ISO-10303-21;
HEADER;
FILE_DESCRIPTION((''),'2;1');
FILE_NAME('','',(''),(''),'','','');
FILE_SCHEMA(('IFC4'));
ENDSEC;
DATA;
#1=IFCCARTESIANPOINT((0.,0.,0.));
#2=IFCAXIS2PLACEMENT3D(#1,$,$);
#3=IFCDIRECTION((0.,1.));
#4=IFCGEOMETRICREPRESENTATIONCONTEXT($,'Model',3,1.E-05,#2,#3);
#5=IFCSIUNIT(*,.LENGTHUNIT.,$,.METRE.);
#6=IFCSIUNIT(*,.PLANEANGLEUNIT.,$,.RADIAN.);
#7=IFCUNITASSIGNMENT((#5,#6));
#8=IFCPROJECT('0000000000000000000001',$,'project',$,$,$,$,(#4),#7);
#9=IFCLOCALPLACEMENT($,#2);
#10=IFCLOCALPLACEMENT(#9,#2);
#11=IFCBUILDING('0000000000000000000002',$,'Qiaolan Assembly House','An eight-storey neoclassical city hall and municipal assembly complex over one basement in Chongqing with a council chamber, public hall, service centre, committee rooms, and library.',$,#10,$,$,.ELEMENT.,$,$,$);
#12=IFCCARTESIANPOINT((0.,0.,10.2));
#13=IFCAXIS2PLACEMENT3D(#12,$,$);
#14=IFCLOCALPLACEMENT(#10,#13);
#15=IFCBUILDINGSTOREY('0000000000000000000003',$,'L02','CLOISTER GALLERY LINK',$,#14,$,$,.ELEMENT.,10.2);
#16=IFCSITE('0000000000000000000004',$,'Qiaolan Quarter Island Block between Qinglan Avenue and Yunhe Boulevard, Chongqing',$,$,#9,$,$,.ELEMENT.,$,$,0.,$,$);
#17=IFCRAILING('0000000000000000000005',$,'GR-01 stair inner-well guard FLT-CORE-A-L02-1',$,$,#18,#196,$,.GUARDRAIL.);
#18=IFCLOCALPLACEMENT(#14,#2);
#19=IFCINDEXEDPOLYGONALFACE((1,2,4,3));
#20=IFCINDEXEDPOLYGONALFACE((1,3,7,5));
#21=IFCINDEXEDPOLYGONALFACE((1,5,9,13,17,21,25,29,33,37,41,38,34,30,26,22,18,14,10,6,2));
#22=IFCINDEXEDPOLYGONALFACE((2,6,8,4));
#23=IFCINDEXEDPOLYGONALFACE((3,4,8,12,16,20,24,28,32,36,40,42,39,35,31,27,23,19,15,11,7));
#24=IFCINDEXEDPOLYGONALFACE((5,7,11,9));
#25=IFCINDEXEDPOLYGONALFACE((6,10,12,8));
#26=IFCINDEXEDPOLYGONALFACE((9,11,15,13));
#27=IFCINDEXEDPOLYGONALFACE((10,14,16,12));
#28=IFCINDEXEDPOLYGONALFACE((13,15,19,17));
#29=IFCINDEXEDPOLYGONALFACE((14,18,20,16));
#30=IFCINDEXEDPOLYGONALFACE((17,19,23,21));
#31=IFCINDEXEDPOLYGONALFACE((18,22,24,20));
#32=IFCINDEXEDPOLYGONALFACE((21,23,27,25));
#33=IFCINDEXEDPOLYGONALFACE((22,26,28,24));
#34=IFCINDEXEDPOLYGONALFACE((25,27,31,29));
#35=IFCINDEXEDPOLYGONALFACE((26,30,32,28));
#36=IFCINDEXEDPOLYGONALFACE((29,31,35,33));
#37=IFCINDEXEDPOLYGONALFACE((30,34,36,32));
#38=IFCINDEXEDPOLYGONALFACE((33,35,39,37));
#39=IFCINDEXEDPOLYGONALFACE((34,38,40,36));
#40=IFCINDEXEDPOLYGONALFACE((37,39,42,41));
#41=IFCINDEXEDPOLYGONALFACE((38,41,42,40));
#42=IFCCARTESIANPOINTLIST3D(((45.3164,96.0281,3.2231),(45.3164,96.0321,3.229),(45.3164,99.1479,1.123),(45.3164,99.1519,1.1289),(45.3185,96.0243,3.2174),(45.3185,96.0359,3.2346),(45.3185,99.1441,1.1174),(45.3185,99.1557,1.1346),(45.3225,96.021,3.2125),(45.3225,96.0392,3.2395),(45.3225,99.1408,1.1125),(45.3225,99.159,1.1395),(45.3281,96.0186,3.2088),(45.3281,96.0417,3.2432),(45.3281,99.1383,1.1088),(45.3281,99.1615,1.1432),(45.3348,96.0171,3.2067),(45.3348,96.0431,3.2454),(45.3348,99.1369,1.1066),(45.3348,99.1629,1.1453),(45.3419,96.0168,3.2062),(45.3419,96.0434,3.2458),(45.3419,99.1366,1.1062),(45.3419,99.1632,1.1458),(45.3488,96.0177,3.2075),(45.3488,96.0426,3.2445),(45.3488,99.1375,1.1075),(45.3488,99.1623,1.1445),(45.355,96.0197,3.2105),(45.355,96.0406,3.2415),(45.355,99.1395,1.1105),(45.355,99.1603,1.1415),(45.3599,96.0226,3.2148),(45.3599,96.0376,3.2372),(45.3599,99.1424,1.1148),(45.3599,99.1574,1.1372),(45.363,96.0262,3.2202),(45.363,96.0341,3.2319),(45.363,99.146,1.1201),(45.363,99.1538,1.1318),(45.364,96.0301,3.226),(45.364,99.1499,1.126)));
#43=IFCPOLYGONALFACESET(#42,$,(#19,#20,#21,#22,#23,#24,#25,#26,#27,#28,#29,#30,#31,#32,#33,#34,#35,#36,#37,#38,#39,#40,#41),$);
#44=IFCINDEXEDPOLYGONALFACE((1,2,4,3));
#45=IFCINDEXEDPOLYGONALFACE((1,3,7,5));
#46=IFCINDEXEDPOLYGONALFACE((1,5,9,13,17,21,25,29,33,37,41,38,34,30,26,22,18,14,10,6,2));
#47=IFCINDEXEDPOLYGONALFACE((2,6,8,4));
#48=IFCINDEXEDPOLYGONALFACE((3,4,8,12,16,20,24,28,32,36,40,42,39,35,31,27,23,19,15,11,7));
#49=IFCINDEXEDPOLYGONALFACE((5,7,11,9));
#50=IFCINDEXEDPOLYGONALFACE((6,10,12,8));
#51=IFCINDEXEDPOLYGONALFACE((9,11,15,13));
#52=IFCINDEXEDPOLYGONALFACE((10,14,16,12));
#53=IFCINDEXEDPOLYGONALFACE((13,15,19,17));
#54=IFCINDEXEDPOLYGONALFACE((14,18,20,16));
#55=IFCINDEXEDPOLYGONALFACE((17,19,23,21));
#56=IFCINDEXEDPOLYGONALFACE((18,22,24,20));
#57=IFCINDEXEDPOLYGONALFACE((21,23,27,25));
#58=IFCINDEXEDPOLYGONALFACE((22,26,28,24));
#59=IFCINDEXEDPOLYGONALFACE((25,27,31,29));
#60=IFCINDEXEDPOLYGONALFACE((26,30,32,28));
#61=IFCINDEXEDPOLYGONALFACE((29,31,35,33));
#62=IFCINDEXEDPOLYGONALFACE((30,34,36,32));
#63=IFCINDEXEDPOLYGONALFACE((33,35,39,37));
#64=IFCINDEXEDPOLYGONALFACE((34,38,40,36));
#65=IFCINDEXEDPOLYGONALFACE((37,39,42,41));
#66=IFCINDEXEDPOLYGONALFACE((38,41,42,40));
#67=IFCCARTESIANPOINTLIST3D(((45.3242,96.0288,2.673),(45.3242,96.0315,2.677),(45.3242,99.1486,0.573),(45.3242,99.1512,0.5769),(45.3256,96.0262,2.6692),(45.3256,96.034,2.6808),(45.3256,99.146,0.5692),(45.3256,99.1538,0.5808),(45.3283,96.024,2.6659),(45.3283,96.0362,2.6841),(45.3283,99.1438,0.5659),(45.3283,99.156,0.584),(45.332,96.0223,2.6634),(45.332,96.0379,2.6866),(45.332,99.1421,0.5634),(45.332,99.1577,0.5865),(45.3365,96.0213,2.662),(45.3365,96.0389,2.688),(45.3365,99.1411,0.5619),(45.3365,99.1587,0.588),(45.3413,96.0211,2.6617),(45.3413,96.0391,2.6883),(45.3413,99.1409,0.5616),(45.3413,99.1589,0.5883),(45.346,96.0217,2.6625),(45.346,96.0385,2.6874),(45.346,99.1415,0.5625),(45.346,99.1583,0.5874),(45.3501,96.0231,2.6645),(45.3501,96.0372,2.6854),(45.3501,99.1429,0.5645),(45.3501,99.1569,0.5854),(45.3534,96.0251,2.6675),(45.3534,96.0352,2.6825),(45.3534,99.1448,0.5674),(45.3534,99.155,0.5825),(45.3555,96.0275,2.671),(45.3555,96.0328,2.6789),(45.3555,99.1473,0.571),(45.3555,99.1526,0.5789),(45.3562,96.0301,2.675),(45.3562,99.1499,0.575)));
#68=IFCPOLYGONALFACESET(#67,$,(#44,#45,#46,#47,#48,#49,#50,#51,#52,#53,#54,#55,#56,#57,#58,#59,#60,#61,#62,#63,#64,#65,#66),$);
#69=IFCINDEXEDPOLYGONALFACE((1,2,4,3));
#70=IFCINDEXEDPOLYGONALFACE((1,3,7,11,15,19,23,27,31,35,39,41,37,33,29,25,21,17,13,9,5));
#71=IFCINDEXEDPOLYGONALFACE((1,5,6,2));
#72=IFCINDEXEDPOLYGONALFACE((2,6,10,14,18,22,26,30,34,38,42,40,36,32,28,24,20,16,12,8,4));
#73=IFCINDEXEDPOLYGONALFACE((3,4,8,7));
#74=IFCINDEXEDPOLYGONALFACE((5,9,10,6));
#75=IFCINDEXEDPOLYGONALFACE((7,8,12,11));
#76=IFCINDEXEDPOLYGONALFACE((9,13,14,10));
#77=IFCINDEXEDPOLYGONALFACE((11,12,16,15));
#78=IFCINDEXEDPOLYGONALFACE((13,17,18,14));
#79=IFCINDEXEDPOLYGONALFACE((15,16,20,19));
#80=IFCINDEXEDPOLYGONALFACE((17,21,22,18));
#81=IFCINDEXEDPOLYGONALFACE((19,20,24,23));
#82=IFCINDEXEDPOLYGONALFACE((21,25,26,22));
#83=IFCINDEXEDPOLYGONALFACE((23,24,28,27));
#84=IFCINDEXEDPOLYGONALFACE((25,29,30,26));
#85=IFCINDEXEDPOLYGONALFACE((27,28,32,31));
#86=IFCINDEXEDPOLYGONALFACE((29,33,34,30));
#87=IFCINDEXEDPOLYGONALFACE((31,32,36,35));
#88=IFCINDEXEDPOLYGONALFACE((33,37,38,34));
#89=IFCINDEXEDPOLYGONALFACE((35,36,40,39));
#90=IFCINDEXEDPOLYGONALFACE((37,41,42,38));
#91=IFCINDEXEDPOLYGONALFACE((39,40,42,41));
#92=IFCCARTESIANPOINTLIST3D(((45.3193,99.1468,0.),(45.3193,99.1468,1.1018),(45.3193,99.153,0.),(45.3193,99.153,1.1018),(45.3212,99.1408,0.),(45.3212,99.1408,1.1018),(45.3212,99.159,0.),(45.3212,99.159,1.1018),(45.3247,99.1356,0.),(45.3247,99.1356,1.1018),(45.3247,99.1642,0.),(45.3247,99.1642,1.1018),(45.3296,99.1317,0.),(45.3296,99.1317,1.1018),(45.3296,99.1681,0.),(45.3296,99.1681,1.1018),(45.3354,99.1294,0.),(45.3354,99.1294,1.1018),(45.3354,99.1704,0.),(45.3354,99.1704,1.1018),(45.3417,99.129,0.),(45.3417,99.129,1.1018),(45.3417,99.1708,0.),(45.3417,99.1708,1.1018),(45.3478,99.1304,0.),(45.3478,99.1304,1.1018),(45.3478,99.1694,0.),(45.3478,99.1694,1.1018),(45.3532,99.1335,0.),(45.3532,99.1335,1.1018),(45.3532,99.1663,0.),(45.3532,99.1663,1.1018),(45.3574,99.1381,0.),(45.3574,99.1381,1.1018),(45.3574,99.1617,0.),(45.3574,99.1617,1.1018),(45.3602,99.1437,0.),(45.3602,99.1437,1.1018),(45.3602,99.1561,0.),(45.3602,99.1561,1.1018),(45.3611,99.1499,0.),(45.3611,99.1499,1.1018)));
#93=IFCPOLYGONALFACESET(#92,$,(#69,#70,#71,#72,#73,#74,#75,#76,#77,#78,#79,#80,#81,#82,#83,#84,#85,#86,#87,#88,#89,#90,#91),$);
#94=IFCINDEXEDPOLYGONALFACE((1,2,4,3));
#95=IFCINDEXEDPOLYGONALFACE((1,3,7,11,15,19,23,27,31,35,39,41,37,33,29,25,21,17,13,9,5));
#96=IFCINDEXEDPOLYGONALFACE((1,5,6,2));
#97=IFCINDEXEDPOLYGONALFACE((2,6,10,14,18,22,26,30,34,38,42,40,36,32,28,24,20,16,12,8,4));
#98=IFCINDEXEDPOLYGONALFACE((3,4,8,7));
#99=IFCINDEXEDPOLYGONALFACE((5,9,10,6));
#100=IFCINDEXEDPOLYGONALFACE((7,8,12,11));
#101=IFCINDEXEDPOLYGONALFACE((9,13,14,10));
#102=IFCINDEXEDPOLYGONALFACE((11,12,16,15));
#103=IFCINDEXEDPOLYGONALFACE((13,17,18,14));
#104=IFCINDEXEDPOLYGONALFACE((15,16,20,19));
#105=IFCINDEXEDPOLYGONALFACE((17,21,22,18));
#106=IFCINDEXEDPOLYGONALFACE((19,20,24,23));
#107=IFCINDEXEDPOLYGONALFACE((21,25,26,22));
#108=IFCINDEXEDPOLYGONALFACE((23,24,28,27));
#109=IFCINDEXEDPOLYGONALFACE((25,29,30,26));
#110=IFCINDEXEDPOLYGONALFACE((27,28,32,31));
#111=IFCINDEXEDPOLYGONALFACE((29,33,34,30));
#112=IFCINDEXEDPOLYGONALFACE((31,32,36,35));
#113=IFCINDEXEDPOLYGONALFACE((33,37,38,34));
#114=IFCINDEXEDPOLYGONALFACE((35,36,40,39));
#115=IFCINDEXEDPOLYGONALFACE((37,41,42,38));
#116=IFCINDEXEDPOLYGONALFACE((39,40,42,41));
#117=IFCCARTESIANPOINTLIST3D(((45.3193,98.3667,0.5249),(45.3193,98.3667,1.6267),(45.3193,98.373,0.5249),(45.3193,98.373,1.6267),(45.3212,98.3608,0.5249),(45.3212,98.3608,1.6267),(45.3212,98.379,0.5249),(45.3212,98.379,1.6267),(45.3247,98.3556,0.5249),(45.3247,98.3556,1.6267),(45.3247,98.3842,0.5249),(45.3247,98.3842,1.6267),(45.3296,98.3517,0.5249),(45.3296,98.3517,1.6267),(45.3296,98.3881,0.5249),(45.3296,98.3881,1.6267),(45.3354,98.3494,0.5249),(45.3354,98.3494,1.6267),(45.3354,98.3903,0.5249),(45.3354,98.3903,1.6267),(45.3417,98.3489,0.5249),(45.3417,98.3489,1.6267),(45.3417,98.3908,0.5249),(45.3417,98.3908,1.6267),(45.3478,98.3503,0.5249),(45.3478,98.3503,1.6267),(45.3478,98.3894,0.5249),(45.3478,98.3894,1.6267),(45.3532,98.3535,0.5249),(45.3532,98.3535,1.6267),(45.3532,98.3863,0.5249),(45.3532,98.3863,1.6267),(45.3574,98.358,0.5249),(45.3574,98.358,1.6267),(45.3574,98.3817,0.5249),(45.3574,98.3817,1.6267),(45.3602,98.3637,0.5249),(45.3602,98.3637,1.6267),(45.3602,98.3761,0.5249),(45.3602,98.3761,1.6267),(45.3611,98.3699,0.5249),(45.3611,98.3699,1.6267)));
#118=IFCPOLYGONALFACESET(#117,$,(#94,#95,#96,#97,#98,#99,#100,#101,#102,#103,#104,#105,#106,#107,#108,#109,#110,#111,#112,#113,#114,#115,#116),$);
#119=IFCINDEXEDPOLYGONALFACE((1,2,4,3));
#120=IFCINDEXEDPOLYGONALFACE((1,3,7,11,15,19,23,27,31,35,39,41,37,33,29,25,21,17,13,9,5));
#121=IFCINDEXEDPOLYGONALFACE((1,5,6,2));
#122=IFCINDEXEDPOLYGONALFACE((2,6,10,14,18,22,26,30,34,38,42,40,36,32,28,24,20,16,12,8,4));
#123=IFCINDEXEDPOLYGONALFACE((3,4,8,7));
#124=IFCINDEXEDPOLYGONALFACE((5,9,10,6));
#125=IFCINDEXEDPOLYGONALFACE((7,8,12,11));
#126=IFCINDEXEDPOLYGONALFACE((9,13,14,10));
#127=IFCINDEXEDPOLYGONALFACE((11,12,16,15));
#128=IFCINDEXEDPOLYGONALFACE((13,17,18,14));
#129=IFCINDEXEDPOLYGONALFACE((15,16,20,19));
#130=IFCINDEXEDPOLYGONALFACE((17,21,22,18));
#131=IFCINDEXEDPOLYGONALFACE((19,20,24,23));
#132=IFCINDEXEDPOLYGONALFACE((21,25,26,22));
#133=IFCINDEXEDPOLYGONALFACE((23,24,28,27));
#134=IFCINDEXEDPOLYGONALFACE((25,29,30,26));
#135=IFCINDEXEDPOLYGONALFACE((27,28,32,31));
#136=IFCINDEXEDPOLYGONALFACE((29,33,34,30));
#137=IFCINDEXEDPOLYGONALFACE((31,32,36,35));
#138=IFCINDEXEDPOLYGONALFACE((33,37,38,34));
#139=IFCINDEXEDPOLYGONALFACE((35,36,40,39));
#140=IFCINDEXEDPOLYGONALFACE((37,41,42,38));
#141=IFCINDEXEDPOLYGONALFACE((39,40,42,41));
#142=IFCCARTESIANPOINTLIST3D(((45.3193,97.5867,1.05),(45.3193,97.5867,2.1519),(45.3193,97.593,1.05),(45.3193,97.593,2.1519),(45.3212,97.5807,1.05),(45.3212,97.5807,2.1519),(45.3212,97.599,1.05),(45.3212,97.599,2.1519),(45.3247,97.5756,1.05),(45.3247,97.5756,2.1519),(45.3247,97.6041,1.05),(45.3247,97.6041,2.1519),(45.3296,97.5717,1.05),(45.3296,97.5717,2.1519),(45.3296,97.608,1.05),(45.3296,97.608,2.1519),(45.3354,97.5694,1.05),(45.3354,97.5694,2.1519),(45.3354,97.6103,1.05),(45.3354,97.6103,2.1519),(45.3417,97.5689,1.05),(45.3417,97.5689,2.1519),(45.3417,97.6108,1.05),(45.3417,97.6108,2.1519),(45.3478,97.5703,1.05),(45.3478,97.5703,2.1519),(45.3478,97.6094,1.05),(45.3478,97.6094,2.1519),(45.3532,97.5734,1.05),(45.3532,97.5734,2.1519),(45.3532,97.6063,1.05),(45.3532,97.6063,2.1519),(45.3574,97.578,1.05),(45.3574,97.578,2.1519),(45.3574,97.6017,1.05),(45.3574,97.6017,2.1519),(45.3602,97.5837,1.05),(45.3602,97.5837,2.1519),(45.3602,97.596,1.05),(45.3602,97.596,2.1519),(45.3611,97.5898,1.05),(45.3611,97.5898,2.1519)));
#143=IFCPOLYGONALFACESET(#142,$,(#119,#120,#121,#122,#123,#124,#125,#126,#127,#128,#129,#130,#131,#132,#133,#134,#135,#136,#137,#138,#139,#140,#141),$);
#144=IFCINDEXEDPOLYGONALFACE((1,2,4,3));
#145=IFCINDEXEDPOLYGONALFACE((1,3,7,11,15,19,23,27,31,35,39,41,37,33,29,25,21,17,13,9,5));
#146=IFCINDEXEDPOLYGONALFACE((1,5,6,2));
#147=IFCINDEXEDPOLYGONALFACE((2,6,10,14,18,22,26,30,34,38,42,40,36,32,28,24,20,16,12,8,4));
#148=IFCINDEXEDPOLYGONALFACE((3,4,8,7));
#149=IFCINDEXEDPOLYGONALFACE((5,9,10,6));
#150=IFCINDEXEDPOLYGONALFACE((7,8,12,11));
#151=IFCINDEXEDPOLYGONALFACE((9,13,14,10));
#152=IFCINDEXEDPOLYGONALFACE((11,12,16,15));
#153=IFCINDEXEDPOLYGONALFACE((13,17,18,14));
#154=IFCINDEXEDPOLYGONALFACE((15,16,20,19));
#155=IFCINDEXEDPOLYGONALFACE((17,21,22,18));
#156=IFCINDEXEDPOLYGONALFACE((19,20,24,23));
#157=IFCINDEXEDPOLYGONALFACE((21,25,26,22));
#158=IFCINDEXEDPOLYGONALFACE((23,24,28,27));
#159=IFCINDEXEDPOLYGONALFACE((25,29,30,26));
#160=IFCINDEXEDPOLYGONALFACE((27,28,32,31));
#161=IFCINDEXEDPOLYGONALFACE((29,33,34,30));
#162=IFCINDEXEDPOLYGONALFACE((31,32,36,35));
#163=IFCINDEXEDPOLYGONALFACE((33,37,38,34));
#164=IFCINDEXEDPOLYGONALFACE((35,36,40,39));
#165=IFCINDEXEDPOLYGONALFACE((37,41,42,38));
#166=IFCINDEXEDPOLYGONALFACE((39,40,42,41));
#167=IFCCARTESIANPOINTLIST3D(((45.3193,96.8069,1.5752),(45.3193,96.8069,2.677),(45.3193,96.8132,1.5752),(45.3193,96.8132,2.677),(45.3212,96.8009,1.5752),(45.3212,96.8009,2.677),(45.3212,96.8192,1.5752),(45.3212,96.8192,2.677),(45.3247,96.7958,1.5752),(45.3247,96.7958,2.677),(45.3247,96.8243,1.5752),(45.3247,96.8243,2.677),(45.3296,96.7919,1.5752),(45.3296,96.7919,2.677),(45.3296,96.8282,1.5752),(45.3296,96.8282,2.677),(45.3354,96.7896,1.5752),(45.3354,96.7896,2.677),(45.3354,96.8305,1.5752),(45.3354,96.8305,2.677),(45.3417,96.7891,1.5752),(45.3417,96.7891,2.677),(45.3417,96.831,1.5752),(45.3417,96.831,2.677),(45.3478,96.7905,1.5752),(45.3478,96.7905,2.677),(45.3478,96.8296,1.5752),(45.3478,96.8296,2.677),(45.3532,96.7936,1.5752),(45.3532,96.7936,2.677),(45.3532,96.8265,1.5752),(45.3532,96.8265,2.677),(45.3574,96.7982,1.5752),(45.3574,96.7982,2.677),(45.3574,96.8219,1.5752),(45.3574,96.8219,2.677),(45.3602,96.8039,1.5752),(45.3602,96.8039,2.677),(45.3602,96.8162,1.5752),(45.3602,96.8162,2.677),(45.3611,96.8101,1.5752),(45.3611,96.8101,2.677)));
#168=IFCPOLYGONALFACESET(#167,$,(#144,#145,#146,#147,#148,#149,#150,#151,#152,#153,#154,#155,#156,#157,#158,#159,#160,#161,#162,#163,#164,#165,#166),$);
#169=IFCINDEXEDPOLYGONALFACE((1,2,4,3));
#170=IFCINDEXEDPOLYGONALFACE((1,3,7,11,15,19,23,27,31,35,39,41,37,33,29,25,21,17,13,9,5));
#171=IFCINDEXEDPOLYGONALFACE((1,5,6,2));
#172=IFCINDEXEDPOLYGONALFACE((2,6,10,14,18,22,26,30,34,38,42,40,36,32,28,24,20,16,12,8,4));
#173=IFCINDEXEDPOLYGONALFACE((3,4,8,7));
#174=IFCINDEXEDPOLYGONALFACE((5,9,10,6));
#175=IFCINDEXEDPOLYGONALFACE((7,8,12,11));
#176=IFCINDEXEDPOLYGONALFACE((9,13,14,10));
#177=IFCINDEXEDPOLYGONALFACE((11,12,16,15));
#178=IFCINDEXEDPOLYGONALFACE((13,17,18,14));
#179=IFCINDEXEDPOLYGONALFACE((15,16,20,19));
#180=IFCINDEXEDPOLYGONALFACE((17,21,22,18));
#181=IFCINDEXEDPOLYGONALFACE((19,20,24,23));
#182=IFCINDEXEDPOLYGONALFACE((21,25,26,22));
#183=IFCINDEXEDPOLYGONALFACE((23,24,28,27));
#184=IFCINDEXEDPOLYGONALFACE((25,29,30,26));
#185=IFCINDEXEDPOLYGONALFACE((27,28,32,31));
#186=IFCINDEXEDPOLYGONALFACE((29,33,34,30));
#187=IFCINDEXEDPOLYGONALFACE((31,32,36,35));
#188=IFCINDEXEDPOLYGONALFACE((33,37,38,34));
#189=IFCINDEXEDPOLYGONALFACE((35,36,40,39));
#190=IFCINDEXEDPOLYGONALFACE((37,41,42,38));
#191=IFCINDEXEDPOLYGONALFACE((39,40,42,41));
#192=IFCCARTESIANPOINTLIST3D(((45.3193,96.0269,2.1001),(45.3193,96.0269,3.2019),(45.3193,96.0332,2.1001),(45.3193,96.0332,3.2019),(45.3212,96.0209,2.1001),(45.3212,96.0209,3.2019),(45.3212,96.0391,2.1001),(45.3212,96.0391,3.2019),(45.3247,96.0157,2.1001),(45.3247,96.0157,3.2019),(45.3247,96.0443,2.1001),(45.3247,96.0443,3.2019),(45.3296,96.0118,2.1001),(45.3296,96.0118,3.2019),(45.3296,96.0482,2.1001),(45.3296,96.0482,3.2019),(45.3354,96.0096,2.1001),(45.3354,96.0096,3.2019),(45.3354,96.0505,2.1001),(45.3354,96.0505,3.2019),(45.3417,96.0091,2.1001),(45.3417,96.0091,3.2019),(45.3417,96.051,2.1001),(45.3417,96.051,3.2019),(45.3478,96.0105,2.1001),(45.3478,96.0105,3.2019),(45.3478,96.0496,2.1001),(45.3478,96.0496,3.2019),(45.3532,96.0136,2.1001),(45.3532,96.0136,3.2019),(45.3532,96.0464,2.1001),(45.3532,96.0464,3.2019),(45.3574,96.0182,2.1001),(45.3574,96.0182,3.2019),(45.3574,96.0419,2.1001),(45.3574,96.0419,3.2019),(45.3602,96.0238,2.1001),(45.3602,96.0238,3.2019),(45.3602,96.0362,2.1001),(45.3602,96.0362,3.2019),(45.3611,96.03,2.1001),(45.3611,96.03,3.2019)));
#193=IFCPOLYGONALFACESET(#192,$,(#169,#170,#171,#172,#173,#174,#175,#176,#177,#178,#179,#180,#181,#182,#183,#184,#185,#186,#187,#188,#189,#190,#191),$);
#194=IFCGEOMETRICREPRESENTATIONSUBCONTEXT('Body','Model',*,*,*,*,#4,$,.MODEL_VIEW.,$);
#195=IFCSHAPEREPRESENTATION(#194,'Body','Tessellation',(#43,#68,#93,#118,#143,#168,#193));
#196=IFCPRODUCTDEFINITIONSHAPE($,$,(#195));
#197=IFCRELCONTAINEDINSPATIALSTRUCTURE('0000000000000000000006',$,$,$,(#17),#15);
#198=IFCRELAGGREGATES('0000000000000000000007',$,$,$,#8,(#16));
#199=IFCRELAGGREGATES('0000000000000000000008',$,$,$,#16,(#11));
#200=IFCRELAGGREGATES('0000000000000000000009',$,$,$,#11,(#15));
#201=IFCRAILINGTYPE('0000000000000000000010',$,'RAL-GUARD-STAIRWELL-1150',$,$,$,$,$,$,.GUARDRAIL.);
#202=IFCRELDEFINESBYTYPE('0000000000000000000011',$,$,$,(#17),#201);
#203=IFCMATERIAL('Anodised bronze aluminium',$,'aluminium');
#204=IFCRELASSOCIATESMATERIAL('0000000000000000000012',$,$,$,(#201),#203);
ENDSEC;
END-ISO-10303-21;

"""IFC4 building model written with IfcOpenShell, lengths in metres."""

from ifc_helpers import new_model, si_unit, direction, frame, origin, origin_2d, place, context, subcontext, project, spatial, circle, extrude, material, type_object, element, save


model = new_model("IFC4")

# Units and contexts
model_context = context("Model", 3, precision=1e-05, world=origin(), true_north=direction((0.0, 1.0)))
body_context = subcontext(model_context, "Body", "Model", "MODEL_VIEW")
ifc_project = project(units=[si_unit("LENGTHUNIT", "METRE"), si_unit("PLANEANGLEUNIT", "RADIAN")], contexts=[model_context])

# Site, building, storey
site_placement = place(None, origin())
site = spatial("IfcSite", under=ifc_project, at=site_placement, Name="Qiaolan Quarter Island Block between Qinglan Avenue and Yunhe Boulevard, Chongqing", CompositionType="ELEMENT", RefElevation=0.0)
building_placement = place(site_placement, origin())
building = spatial("IfcBuilding", under=site, at=building_placement, Name="Qiaolan Assembly House", Description="An eight-storey neoclassical city hall and municipal assembly complex over one basement in Chongqing with a council chamber, public hall, service centre, committee rooms, and library.", CompositionType="ELEMENT")
storey_placement = place(building_placement, frame((0.0, 0.0, 10.2)))
storey = spatial("IfcBuildingStorey", under=building, at=storey_placement, Name="L02", Description="CLOISTER GALLERY LINK", CompositionType="ELEMENT", Elevation=10.2)

# Railing
ifc_material_1 = material(Name="Anodised bronze aluminium", Category="aluminium")
railing_type_1 = type_object("IfcRailingType", Name="RAL-GUARD-STAIRWELL-1150", PredefinedType="GUARDRAIL", material=ifc_material_1)
railing_1_placement = place(storey_placement, frame((45.3401, 99.1499, 0.0)))
element("IfcRailing", 1, at=railing_1_placement, inside=storey, type_object=railing_type_1, Name="GR-01 stair inner-well guard FLT-CORE-A-L02-1", PredefinedType="GUARDRAIL", context=body_context, shape_type="SweptSolid", body=[
    extrude(circle(Radius=0.0239, at=origin_2d()), frame((0.0, 0.0, 1.126), z_axis=(0.0, -0.829565, 0.55841), x_axis=(1.0, 0.0, 0.0)), (0.0, 0.0, 1.0), 3.7607),
    extrude(circle(Radius=0.0161, at=origin_2d()), frame((0.0, 0.0, 0.575), z_axis=(0.0, -0.829565, 0.55841), x_axis=(1.0, 0.0, 0.0)), (0.0, 0.0, 1.0), 3.7607),
    extrude(circle(Radius=0.021, at=origin_2d()), origin(), (0.0, 0.0, 1.0), 1.1018),
    extrude(circle(Radius=0.021, at=origin_2d()), frame((0.0, -0.78, 0.5249)), (0.0, 0.0, 1.0), 1.1018),
    extrude(circle(Radius=0.021, at=origin_2d()), frame((0.0, -1.5601, 1.05)), (0.0, 0.0, 1.0), 1.1018),
    extrude(circle(Radius=0.021, at=origin_2d()), frame((0.0, -2.3398, 1.5752)), (0.0, 0.0, 1.0), 1.1018),
    extrude(circle(Radius=0.021, at=origin_2d()), frame((0.0, -3.1199, 2.1001)), (0.0, 0.0, 1.0), 1.1018),
])

save(model, "model.ifc")
